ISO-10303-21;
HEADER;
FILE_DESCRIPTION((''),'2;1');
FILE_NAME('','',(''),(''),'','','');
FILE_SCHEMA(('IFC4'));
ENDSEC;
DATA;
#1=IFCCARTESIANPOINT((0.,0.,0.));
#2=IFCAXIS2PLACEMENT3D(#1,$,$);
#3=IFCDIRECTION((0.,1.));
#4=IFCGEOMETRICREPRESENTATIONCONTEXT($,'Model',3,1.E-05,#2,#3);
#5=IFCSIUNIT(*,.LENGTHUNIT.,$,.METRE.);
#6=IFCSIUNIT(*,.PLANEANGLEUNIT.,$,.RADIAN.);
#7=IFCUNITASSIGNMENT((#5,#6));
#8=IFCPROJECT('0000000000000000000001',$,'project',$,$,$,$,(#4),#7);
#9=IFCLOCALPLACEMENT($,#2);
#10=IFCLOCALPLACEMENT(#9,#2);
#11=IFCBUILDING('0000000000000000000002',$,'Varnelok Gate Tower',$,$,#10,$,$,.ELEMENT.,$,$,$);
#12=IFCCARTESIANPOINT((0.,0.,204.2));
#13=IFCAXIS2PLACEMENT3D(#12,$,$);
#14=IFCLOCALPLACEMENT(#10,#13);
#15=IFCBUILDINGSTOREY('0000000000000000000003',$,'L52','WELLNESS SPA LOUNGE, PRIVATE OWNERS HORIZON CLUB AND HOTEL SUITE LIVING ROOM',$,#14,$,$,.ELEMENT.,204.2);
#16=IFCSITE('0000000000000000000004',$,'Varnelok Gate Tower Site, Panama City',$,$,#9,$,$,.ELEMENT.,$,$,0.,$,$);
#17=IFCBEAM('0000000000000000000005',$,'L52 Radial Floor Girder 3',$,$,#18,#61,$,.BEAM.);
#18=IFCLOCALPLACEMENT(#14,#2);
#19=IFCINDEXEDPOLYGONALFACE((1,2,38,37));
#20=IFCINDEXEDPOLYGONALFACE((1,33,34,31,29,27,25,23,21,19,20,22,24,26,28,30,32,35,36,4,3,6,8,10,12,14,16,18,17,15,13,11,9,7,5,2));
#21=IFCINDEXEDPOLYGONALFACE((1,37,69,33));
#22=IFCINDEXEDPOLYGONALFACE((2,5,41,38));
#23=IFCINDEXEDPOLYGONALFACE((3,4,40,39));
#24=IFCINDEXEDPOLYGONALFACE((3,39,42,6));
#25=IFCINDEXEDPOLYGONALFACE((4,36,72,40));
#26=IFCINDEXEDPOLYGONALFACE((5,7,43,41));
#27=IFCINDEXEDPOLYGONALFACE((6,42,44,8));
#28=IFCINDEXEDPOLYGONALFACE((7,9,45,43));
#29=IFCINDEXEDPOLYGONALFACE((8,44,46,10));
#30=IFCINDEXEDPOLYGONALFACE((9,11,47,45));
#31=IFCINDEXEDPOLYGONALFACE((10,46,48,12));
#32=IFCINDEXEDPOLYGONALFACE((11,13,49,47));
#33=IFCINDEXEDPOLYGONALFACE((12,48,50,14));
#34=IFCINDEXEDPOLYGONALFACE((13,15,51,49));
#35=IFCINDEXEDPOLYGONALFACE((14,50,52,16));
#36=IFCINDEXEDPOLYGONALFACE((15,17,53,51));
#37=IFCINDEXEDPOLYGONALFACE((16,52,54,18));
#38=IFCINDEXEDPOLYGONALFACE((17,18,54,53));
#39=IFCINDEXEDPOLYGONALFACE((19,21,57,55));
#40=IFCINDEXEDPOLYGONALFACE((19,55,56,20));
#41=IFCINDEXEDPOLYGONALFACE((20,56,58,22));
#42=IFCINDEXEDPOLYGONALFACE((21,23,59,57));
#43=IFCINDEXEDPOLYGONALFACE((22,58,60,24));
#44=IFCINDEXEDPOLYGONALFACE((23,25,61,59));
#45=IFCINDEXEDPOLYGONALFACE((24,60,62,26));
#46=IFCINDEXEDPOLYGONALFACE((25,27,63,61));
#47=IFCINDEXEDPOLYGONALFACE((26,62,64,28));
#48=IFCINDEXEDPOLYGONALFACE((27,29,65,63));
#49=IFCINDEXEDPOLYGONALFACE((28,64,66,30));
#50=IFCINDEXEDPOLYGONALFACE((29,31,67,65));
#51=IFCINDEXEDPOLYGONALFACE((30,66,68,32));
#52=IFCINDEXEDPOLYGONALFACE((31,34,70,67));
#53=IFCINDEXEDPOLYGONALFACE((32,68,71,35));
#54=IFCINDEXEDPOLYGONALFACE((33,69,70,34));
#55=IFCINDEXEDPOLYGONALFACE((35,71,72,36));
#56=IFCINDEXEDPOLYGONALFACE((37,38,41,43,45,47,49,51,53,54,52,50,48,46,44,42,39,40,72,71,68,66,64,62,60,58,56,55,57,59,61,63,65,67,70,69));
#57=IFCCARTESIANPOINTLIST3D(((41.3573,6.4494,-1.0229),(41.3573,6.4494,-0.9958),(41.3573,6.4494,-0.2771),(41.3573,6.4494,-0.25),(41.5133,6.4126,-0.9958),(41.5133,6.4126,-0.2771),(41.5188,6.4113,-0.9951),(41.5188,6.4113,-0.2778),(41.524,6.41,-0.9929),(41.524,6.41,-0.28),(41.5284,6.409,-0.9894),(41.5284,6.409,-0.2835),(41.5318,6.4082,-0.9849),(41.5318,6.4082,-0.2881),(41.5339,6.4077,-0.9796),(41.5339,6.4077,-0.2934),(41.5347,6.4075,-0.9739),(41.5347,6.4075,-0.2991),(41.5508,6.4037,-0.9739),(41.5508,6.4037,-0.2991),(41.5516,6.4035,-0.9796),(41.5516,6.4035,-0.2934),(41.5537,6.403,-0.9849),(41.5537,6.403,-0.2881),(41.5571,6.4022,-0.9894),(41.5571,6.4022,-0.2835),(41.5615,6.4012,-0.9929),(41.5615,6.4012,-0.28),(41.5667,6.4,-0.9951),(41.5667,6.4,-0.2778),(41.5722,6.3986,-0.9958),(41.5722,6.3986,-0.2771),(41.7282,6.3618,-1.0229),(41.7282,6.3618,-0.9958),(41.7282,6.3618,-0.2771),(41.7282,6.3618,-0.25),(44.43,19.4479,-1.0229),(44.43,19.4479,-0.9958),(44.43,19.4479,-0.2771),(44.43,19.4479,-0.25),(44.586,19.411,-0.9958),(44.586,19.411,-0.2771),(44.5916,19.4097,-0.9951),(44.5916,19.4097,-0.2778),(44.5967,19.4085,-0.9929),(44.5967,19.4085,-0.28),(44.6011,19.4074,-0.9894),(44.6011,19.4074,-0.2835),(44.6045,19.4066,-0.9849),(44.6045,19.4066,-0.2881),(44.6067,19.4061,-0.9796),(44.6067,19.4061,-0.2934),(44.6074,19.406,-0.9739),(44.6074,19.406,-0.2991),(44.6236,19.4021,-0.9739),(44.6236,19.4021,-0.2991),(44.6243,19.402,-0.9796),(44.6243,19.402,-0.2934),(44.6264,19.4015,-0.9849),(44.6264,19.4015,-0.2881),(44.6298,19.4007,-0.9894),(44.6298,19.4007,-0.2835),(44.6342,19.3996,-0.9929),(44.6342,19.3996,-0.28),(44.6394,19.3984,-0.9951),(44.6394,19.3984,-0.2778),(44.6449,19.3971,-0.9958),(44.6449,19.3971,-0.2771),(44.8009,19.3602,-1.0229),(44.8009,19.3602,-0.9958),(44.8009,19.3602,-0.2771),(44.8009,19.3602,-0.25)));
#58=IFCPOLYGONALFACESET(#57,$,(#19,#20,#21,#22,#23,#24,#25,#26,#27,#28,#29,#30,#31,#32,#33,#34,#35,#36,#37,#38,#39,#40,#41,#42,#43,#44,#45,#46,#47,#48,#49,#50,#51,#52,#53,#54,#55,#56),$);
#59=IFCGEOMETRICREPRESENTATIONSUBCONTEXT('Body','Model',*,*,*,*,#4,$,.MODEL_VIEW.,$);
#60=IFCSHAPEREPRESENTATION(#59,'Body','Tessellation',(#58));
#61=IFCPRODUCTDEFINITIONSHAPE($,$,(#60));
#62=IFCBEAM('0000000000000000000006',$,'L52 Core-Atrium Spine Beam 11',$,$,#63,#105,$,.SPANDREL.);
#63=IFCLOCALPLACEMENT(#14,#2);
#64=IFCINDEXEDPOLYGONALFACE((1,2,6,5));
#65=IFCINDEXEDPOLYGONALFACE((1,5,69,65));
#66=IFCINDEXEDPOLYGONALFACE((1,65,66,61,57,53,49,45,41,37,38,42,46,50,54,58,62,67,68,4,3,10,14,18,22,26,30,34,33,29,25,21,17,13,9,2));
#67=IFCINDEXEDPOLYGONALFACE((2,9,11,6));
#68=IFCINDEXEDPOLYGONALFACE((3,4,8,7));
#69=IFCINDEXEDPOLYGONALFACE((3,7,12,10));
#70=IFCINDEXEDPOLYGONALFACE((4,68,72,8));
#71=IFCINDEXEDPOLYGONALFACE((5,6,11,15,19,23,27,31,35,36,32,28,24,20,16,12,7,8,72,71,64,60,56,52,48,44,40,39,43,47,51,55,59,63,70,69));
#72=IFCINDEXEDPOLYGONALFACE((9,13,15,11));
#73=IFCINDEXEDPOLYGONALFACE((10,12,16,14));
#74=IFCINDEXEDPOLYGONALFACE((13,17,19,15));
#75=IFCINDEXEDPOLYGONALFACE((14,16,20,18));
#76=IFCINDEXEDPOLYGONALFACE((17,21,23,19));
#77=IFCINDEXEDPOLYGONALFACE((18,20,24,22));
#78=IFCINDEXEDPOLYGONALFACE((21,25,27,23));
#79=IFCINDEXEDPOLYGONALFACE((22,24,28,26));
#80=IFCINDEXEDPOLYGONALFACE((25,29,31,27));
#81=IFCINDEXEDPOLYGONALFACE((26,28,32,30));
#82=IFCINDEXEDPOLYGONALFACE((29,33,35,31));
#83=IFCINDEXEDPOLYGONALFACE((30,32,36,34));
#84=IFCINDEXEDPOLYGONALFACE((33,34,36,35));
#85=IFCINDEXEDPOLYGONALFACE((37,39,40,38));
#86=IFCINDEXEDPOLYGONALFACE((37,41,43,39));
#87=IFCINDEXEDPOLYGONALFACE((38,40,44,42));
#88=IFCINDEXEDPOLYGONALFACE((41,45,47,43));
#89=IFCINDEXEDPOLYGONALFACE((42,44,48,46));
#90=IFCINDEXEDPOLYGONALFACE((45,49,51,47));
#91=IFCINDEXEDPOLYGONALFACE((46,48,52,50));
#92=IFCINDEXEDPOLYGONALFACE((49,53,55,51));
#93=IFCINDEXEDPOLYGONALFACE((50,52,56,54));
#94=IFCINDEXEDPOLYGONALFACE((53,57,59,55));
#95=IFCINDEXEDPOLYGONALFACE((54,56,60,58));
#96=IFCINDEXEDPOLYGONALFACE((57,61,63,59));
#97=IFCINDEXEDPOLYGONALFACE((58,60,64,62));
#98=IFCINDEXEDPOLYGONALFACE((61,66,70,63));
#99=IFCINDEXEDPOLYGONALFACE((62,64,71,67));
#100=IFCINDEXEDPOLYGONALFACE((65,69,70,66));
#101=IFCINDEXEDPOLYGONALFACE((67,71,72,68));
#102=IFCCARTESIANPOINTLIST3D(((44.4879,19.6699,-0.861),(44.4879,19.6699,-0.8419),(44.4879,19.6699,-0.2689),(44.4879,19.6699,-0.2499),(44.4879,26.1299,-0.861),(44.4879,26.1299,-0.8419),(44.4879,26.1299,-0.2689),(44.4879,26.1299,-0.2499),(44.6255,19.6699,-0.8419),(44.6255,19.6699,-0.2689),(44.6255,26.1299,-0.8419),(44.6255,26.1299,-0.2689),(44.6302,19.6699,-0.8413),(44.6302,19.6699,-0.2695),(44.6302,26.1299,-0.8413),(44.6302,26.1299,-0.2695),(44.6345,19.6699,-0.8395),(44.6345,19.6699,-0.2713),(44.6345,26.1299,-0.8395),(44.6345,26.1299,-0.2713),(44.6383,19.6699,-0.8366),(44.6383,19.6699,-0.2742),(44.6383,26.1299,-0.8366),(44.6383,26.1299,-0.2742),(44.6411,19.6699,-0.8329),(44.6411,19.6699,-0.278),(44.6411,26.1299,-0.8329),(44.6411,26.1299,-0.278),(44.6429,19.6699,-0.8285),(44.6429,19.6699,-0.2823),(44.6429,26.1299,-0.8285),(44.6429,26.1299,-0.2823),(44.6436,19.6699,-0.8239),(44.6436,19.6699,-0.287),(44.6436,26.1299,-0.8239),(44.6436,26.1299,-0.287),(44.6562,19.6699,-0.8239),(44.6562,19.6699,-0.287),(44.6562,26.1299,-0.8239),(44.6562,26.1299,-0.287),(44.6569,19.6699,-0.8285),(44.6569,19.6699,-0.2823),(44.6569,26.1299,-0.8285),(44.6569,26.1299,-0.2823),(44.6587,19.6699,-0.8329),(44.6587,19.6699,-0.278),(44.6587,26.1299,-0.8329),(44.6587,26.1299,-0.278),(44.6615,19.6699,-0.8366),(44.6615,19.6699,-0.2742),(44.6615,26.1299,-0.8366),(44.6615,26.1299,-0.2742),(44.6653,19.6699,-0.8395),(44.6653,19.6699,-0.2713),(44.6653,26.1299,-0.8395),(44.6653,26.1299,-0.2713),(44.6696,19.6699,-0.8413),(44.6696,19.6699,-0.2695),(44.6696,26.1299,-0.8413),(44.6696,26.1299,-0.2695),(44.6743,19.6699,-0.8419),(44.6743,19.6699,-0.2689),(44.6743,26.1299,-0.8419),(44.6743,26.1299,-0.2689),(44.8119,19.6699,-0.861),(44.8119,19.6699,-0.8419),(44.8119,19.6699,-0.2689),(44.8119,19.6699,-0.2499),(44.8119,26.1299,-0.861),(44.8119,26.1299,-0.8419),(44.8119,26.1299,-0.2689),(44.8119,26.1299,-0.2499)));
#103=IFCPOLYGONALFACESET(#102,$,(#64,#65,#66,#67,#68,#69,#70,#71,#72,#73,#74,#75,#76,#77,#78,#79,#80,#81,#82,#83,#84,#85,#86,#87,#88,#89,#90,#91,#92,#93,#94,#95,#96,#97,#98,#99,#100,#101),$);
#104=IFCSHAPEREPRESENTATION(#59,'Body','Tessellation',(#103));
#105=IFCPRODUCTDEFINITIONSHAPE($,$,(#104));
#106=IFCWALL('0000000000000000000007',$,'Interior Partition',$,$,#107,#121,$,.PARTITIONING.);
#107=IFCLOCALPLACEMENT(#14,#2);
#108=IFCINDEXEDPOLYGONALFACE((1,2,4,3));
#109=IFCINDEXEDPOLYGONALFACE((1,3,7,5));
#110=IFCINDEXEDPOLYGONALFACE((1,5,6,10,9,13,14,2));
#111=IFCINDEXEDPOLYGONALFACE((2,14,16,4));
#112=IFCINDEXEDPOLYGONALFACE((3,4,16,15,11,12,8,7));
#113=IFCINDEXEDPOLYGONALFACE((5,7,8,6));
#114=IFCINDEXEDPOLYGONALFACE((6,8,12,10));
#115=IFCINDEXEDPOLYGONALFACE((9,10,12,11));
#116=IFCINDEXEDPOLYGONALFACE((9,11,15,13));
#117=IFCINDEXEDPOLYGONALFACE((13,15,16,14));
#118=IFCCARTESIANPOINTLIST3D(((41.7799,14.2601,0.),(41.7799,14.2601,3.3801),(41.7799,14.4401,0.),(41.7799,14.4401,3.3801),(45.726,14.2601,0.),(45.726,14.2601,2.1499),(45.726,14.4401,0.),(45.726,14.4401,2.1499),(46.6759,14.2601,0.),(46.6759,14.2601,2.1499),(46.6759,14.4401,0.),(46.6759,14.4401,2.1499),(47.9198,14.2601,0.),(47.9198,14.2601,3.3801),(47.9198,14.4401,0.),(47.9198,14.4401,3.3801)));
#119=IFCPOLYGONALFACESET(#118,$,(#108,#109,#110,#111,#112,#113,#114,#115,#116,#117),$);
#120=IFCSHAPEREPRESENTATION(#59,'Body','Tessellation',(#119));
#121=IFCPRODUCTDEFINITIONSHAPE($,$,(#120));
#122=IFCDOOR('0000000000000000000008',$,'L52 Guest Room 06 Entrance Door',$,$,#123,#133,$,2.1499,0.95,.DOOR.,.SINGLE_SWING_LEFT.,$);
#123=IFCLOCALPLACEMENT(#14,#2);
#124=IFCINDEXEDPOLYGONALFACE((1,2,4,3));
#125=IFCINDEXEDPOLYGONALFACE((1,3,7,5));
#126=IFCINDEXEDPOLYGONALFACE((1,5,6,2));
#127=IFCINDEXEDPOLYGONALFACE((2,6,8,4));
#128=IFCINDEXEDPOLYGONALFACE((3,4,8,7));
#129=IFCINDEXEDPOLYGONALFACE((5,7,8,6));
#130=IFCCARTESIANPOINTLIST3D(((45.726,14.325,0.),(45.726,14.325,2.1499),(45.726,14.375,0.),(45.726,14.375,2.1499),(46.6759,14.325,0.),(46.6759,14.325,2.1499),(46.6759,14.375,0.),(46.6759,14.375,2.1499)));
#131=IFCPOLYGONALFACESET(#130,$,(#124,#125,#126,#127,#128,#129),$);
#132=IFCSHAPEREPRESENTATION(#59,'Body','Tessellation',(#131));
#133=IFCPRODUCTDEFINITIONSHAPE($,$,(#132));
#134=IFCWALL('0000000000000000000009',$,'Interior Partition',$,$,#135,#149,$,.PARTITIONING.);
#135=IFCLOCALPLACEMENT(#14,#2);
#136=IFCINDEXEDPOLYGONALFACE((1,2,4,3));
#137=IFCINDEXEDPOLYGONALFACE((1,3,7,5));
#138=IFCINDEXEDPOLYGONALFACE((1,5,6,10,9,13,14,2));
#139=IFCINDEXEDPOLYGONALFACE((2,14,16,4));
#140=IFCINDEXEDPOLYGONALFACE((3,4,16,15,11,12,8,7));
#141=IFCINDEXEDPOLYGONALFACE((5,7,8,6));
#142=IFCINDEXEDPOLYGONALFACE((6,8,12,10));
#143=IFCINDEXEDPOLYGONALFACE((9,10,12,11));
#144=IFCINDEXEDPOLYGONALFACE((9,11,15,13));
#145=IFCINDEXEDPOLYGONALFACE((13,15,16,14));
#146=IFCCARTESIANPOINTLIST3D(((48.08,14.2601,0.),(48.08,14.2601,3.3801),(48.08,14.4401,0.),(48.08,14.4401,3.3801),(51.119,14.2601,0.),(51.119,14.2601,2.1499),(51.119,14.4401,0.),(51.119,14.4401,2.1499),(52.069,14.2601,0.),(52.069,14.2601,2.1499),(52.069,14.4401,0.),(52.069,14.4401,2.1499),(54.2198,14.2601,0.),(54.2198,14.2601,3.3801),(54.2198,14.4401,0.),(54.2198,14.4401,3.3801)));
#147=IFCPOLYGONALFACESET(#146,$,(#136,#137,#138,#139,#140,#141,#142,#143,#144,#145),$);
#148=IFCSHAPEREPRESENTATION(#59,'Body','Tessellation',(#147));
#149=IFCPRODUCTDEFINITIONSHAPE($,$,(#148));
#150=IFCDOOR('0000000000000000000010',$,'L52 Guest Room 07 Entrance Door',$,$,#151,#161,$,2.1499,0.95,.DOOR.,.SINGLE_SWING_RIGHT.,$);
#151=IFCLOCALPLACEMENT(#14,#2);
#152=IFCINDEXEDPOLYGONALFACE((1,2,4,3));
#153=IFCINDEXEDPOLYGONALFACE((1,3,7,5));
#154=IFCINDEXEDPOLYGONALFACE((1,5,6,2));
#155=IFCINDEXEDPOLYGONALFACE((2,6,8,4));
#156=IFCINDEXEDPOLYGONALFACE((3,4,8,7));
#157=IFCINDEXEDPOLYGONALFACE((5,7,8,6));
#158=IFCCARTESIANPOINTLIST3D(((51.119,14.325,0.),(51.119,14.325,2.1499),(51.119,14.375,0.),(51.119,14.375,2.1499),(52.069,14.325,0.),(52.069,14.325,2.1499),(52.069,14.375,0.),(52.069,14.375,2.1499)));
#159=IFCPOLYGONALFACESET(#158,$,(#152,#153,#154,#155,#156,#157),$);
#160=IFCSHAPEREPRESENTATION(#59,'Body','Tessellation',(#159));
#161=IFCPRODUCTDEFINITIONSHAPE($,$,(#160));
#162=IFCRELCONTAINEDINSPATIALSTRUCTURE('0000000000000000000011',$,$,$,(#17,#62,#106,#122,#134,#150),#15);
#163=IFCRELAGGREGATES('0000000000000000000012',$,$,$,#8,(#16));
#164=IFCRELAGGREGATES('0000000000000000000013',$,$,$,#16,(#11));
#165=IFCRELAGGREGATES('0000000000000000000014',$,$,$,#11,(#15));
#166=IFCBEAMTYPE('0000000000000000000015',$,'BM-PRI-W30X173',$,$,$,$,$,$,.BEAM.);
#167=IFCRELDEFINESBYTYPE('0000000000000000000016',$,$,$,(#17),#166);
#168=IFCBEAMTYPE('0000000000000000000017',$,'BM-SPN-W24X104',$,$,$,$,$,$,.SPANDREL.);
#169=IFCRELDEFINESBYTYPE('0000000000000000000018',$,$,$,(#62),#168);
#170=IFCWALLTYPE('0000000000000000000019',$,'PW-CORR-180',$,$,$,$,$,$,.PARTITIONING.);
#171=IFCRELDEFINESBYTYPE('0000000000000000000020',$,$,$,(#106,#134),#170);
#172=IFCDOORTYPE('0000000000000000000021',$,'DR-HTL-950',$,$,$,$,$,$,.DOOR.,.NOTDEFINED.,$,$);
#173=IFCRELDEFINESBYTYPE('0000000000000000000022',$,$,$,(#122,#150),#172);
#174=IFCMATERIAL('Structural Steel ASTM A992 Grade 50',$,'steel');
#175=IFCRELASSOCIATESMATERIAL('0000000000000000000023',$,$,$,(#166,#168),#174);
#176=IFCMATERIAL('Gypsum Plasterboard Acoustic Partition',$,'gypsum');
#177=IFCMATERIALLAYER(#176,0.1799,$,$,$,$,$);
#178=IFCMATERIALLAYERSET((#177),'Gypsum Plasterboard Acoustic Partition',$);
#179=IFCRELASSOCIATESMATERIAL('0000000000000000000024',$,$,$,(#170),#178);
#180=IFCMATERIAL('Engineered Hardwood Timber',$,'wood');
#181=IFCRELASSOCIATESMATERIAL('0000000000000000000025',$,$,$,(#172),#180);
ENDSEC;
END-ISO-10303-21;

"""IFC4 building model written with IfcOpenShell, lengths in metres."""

from ifc_helpers import new_model, si_unit, direction, frame, frame_2d, origin, origin_2d, place, context, subcontext, project, spatial, rectangle, i_section, extrude, material, layer, layer_set, material_profile, profile_set, type_object, element, fill, save


model = new_model("IFC4")

# Units and contexts
model_context = context("Model", 3, precision=1e-05, world=origin(), true_north=direction((0.0, 1.0)))
body_context = subcontext(model_context, "Body", "Model", "MODEL_VIEW")
ifc_project = project(units=[si_unit("LENGTHUNIT", "METRE"), si_unit("PLANEANGLEUNIT", "RADIAN")], contexts=[model_context])

# Site, building, storey
site_placement = place(None, origin())
site = spatial("IfcSite", under=ifc_project, at=site_placement, Name="Varnelok Gate Tower Site, Panama City", CompositionType="ELEMENT", RefElevation=0.0)
building_placement = place(site_placement, origin())
building = spatial("IfcBuilding", under=site, at=building_placement, Name="Varnelok Gate Tower", CompositionType="ELEMENT")
storey_placement = place(building_placement, frame((0.0, 0.0, 204.2)))
storey = spatial("IfcBuildingStorey", under=building, at=storey_placement, Name="L52", Description="WELLNESS SPA LOUNGE, PRIVATE OWNERS HORIZON CLUB AND HOTEL SUITE LIVING ROOM", CompositionType="ELEMENT", Elevation=204.2)

# Shared definitions
ifc_material_1 = material(Name="Structural Steel ASTM A992 Grade 50", Category="steel")

# Beams
ifc_material_profile_1 = material_profile(ifc_material_1, i_section(OverallWidth=0.3811, OverallDepth=0.7729, WebThickness=0.0166, FlangeThickness=0.0271, FilletRadius=0.022, at=origin_2d()), Name="W30X173")
ifc_profile_set_1 = profile_set([ifc_material_profile_1], Name="Structural Steel ASTM A992 Grade 50")
beam_type_1 = type_object("IfcBeamType", Name="BM-PRI-W30X173", PredefinedType="BEAM", material=ifc_profile_set_1)
beam_1_placement = place(storey_placement, frame((44.6155, 19.4041, -0.6365), z_axis=(-0.230052, -0.973178, 0.0), x_axis=(0.973178, -0.230052, 0.0)))
element("IfcBeam", 1, at=beam_1_placement, inside=storey, type_object=beam_type_1, Name="L52 Radial Floor Girder 3", PredefinedType="BEAM", context=body_context, shape_type="SweptSolid", body=[
    extrude(i_section(OverallWidth=0.3811, OverallDepth=0.7729, WebThickness=0.0166, FlangeThickness=0.0271, FilletRadius=0.022, at=origin_2d()), origin(), (0.0, 0.0, 1.0), 13.3567),
])
ifc_material_profile_2 = material_profile(ifc_material_1, i_section(OverallWidth=0.324, OverallDepth=0.6111, WebThickness=0.0127, FlangeThickness=0.019, FilletRadius=0.0181, at=origin_2d()), Name="W24X104")
ifc_profile_set_2 = profile_set([ifc_material_profile_2], Name="Structural Steel ASTM A992 Grade 50")
beam_type_2 = type_object("IfcBeamType", Name="BM-SPN-W24X104", PredefinedType="SPANDREL", material=ifc_profile_set_2)
beam_2_placement = place(storey_placement, frame((44.6499, 19.6699, -0.5554), z_axis=(0.0, 1.0, 0.0), x_axis=(-1.0, 0.0, 0.0)))
element("IfcBeam", 2, at=beam_2_placement, inside=storey, type_object=beam_type_2, Name="L52 Core-Atrium Spine Beam 11", PredefinedType="SPANDREL", context=body_context, shape_type="SweptSolid", body=[
    extrude(i_section(OverallWidth=0.324, OverallDepth=0.6111, WebThickness=0.0127, FlangeThickness=0.019, FilletRadius=0.0181, at=origin_2d()), origin(), (0.0, 0.0, 1.0), 6.46),
])

# Walls, openings, doors
ifc_material_2 = material(Name="Gypsum Plasterboard Acoustic Partition", Category="gypsum")
ifc_layer_1 = layer(ifc_material_2, 0.1799)
ifc_layer_set_1 = layer_set([ifc_layer_1], Name="Gypsum Plasterboard Acoustic Partition")
wall_type_1 = type_object("IfcWallType", Name="PW-CORR-180", PredefinedType="PARTITIONING", material=ifc_layer_set_1)
wall_1_placement = place(storey_placement, frame((41.78, 14.3501, 0.0), z_axis=(0.0, 0.0, 1.0), x_axis=(1.0, 0.0, 0.0)))
wall_1 = element("IfcWall", 3, at=wall_1_placement, inside=storey, type_object=wall_type_1, Name="Interior Partition", PredefinedType="PARTITIONING", context=body_context, shape_type="SweptSolid", body=[
    extrude(rectangle(XDim=6.1399, YDim=0.1799, at=frame_2d((3.0698, 0.0))), origin(), (0.0, 0.0, 1.0), 3.3801),
])
opening_1_placement = place(wall_1_placement, frame((3.9458, 0.0, 0.0)))
opening_1 = element("IfcOpeningElement", 4, at=opening_1_placement, cuts=wall_1, PredefinedType="OPENING", context=body_context, shape_type="SweptSolid", body=[
    extrude(rectangle(XDim=0.95, YDim=2.1499, at=frame_2d((0.4751, 1.075))), frame((0.0, 0.0999, 0.0), z_axis=(0.0, -1.0, 0.0), x_axis=(1.0, 0.0, 0.0)), (0.0, 0.0, 1.0), 0.2),
])
ifc_material_3 = material(Name="Engineered Hardwood Timber", Category="wood")
door_type_1 = type_object("IfcDoorType", Name="DR-HTL-950", OperationType="NOTDEFINED", PredefinedType="DOOR", material=ifc_material_3)
door_1_placement = place(opening_1_placement, origin())
door_1 = element("IfcDoor", 5, at=door_1_placement, inside=storey, type_object=door_type_1, Name="L52 Guest Room 06 Entrance Door", OperationType="SINGLE_SWING_LEFT", OverallHeight=2.1499, OverallWidth=0.95, PredefinedType="DOOR", context=body_context, shape_type="SweptSolid", body=[
    extrude(rectangle(XDim=0.95, YDim=2.1499, at=frame_2d((0.4751, 1.075))), frame((0.0, 0.0249, 0.0), z_axis=(0.0, -1.0, 0.0), x_axis=(1.0, 0.0, 0.0)), (0.0, 0.0, 1.0), 0.05),
])
fill(opening_1, door_1)
wall_2_placement = place(storey_placement, frame((48.0801, 14.3501, 0.0), z_axis=(0.0, 0.0, 1.0), x_axis=(1.0, 0.0, 0.0)))
wall_2 = element("IfcWall", 6, at=wall_2_placement, inside=storey, type_object=wall_type_1, Name="Interior Partition", PredefinedType="PARTITIONING", context=body_context, shape_type="SweptSolid", body=[
    extrude(rectangle(XDim=6.1399, YDim=0.1799, at=frame_2d((3.0698, 0.0))), origin(), (0.0, 0.0, 1.0), 3.3801),
])
opening_2_placement = place(wall_2_placement, frame((3.0388, 0.0, 0.0)))
opening_2 = element("IfcOpeningElement", 7, at=opening_2_placement, cuts=wall_2, PredefinedType="OPENING", context=body_context, shape_type="SweptSolid", body=[
    extrude(rectangle(XDim=0.95, YDim=2.1499, at=frame_2d((0.4751, 1.075))), frame((0.0, 0.0999, 0.0), z_axis=(0.0, -1.0, 0.0), x_axis=(1.0, 0.0, 0.0)), (0.0, 0.0, 1.0), 0.2),
])
door_2_placement = place(opening_2_placement, origin())
door_2 = element("IfcDoor", 8, at=door_2_placement, inside=storey, type_object=door_type_1, Name="L52 Guest Room 07 Entrance Door", OperationType="SINGLE_SWING_RIGHT", OverallHeight=2.1499, OverallWidth=0.95, PredefinedType="DOOR", context=body_context, shape_type="SweptSolid", body=[
    extrude(rectangle(XDim=0.95, YDim=2.1499, at=frame_2d((0.4751, 1.075))), frame((0.0, 0.0249, 0.0), z_axis=(0.0, -1.0, 0.0), x_axis=(1.0, 0.0, 0.0)), (0.0, 0.0, 1.0), 0.05),
])
fill(opening_2, door_2)

save(model, "model.ifc")
